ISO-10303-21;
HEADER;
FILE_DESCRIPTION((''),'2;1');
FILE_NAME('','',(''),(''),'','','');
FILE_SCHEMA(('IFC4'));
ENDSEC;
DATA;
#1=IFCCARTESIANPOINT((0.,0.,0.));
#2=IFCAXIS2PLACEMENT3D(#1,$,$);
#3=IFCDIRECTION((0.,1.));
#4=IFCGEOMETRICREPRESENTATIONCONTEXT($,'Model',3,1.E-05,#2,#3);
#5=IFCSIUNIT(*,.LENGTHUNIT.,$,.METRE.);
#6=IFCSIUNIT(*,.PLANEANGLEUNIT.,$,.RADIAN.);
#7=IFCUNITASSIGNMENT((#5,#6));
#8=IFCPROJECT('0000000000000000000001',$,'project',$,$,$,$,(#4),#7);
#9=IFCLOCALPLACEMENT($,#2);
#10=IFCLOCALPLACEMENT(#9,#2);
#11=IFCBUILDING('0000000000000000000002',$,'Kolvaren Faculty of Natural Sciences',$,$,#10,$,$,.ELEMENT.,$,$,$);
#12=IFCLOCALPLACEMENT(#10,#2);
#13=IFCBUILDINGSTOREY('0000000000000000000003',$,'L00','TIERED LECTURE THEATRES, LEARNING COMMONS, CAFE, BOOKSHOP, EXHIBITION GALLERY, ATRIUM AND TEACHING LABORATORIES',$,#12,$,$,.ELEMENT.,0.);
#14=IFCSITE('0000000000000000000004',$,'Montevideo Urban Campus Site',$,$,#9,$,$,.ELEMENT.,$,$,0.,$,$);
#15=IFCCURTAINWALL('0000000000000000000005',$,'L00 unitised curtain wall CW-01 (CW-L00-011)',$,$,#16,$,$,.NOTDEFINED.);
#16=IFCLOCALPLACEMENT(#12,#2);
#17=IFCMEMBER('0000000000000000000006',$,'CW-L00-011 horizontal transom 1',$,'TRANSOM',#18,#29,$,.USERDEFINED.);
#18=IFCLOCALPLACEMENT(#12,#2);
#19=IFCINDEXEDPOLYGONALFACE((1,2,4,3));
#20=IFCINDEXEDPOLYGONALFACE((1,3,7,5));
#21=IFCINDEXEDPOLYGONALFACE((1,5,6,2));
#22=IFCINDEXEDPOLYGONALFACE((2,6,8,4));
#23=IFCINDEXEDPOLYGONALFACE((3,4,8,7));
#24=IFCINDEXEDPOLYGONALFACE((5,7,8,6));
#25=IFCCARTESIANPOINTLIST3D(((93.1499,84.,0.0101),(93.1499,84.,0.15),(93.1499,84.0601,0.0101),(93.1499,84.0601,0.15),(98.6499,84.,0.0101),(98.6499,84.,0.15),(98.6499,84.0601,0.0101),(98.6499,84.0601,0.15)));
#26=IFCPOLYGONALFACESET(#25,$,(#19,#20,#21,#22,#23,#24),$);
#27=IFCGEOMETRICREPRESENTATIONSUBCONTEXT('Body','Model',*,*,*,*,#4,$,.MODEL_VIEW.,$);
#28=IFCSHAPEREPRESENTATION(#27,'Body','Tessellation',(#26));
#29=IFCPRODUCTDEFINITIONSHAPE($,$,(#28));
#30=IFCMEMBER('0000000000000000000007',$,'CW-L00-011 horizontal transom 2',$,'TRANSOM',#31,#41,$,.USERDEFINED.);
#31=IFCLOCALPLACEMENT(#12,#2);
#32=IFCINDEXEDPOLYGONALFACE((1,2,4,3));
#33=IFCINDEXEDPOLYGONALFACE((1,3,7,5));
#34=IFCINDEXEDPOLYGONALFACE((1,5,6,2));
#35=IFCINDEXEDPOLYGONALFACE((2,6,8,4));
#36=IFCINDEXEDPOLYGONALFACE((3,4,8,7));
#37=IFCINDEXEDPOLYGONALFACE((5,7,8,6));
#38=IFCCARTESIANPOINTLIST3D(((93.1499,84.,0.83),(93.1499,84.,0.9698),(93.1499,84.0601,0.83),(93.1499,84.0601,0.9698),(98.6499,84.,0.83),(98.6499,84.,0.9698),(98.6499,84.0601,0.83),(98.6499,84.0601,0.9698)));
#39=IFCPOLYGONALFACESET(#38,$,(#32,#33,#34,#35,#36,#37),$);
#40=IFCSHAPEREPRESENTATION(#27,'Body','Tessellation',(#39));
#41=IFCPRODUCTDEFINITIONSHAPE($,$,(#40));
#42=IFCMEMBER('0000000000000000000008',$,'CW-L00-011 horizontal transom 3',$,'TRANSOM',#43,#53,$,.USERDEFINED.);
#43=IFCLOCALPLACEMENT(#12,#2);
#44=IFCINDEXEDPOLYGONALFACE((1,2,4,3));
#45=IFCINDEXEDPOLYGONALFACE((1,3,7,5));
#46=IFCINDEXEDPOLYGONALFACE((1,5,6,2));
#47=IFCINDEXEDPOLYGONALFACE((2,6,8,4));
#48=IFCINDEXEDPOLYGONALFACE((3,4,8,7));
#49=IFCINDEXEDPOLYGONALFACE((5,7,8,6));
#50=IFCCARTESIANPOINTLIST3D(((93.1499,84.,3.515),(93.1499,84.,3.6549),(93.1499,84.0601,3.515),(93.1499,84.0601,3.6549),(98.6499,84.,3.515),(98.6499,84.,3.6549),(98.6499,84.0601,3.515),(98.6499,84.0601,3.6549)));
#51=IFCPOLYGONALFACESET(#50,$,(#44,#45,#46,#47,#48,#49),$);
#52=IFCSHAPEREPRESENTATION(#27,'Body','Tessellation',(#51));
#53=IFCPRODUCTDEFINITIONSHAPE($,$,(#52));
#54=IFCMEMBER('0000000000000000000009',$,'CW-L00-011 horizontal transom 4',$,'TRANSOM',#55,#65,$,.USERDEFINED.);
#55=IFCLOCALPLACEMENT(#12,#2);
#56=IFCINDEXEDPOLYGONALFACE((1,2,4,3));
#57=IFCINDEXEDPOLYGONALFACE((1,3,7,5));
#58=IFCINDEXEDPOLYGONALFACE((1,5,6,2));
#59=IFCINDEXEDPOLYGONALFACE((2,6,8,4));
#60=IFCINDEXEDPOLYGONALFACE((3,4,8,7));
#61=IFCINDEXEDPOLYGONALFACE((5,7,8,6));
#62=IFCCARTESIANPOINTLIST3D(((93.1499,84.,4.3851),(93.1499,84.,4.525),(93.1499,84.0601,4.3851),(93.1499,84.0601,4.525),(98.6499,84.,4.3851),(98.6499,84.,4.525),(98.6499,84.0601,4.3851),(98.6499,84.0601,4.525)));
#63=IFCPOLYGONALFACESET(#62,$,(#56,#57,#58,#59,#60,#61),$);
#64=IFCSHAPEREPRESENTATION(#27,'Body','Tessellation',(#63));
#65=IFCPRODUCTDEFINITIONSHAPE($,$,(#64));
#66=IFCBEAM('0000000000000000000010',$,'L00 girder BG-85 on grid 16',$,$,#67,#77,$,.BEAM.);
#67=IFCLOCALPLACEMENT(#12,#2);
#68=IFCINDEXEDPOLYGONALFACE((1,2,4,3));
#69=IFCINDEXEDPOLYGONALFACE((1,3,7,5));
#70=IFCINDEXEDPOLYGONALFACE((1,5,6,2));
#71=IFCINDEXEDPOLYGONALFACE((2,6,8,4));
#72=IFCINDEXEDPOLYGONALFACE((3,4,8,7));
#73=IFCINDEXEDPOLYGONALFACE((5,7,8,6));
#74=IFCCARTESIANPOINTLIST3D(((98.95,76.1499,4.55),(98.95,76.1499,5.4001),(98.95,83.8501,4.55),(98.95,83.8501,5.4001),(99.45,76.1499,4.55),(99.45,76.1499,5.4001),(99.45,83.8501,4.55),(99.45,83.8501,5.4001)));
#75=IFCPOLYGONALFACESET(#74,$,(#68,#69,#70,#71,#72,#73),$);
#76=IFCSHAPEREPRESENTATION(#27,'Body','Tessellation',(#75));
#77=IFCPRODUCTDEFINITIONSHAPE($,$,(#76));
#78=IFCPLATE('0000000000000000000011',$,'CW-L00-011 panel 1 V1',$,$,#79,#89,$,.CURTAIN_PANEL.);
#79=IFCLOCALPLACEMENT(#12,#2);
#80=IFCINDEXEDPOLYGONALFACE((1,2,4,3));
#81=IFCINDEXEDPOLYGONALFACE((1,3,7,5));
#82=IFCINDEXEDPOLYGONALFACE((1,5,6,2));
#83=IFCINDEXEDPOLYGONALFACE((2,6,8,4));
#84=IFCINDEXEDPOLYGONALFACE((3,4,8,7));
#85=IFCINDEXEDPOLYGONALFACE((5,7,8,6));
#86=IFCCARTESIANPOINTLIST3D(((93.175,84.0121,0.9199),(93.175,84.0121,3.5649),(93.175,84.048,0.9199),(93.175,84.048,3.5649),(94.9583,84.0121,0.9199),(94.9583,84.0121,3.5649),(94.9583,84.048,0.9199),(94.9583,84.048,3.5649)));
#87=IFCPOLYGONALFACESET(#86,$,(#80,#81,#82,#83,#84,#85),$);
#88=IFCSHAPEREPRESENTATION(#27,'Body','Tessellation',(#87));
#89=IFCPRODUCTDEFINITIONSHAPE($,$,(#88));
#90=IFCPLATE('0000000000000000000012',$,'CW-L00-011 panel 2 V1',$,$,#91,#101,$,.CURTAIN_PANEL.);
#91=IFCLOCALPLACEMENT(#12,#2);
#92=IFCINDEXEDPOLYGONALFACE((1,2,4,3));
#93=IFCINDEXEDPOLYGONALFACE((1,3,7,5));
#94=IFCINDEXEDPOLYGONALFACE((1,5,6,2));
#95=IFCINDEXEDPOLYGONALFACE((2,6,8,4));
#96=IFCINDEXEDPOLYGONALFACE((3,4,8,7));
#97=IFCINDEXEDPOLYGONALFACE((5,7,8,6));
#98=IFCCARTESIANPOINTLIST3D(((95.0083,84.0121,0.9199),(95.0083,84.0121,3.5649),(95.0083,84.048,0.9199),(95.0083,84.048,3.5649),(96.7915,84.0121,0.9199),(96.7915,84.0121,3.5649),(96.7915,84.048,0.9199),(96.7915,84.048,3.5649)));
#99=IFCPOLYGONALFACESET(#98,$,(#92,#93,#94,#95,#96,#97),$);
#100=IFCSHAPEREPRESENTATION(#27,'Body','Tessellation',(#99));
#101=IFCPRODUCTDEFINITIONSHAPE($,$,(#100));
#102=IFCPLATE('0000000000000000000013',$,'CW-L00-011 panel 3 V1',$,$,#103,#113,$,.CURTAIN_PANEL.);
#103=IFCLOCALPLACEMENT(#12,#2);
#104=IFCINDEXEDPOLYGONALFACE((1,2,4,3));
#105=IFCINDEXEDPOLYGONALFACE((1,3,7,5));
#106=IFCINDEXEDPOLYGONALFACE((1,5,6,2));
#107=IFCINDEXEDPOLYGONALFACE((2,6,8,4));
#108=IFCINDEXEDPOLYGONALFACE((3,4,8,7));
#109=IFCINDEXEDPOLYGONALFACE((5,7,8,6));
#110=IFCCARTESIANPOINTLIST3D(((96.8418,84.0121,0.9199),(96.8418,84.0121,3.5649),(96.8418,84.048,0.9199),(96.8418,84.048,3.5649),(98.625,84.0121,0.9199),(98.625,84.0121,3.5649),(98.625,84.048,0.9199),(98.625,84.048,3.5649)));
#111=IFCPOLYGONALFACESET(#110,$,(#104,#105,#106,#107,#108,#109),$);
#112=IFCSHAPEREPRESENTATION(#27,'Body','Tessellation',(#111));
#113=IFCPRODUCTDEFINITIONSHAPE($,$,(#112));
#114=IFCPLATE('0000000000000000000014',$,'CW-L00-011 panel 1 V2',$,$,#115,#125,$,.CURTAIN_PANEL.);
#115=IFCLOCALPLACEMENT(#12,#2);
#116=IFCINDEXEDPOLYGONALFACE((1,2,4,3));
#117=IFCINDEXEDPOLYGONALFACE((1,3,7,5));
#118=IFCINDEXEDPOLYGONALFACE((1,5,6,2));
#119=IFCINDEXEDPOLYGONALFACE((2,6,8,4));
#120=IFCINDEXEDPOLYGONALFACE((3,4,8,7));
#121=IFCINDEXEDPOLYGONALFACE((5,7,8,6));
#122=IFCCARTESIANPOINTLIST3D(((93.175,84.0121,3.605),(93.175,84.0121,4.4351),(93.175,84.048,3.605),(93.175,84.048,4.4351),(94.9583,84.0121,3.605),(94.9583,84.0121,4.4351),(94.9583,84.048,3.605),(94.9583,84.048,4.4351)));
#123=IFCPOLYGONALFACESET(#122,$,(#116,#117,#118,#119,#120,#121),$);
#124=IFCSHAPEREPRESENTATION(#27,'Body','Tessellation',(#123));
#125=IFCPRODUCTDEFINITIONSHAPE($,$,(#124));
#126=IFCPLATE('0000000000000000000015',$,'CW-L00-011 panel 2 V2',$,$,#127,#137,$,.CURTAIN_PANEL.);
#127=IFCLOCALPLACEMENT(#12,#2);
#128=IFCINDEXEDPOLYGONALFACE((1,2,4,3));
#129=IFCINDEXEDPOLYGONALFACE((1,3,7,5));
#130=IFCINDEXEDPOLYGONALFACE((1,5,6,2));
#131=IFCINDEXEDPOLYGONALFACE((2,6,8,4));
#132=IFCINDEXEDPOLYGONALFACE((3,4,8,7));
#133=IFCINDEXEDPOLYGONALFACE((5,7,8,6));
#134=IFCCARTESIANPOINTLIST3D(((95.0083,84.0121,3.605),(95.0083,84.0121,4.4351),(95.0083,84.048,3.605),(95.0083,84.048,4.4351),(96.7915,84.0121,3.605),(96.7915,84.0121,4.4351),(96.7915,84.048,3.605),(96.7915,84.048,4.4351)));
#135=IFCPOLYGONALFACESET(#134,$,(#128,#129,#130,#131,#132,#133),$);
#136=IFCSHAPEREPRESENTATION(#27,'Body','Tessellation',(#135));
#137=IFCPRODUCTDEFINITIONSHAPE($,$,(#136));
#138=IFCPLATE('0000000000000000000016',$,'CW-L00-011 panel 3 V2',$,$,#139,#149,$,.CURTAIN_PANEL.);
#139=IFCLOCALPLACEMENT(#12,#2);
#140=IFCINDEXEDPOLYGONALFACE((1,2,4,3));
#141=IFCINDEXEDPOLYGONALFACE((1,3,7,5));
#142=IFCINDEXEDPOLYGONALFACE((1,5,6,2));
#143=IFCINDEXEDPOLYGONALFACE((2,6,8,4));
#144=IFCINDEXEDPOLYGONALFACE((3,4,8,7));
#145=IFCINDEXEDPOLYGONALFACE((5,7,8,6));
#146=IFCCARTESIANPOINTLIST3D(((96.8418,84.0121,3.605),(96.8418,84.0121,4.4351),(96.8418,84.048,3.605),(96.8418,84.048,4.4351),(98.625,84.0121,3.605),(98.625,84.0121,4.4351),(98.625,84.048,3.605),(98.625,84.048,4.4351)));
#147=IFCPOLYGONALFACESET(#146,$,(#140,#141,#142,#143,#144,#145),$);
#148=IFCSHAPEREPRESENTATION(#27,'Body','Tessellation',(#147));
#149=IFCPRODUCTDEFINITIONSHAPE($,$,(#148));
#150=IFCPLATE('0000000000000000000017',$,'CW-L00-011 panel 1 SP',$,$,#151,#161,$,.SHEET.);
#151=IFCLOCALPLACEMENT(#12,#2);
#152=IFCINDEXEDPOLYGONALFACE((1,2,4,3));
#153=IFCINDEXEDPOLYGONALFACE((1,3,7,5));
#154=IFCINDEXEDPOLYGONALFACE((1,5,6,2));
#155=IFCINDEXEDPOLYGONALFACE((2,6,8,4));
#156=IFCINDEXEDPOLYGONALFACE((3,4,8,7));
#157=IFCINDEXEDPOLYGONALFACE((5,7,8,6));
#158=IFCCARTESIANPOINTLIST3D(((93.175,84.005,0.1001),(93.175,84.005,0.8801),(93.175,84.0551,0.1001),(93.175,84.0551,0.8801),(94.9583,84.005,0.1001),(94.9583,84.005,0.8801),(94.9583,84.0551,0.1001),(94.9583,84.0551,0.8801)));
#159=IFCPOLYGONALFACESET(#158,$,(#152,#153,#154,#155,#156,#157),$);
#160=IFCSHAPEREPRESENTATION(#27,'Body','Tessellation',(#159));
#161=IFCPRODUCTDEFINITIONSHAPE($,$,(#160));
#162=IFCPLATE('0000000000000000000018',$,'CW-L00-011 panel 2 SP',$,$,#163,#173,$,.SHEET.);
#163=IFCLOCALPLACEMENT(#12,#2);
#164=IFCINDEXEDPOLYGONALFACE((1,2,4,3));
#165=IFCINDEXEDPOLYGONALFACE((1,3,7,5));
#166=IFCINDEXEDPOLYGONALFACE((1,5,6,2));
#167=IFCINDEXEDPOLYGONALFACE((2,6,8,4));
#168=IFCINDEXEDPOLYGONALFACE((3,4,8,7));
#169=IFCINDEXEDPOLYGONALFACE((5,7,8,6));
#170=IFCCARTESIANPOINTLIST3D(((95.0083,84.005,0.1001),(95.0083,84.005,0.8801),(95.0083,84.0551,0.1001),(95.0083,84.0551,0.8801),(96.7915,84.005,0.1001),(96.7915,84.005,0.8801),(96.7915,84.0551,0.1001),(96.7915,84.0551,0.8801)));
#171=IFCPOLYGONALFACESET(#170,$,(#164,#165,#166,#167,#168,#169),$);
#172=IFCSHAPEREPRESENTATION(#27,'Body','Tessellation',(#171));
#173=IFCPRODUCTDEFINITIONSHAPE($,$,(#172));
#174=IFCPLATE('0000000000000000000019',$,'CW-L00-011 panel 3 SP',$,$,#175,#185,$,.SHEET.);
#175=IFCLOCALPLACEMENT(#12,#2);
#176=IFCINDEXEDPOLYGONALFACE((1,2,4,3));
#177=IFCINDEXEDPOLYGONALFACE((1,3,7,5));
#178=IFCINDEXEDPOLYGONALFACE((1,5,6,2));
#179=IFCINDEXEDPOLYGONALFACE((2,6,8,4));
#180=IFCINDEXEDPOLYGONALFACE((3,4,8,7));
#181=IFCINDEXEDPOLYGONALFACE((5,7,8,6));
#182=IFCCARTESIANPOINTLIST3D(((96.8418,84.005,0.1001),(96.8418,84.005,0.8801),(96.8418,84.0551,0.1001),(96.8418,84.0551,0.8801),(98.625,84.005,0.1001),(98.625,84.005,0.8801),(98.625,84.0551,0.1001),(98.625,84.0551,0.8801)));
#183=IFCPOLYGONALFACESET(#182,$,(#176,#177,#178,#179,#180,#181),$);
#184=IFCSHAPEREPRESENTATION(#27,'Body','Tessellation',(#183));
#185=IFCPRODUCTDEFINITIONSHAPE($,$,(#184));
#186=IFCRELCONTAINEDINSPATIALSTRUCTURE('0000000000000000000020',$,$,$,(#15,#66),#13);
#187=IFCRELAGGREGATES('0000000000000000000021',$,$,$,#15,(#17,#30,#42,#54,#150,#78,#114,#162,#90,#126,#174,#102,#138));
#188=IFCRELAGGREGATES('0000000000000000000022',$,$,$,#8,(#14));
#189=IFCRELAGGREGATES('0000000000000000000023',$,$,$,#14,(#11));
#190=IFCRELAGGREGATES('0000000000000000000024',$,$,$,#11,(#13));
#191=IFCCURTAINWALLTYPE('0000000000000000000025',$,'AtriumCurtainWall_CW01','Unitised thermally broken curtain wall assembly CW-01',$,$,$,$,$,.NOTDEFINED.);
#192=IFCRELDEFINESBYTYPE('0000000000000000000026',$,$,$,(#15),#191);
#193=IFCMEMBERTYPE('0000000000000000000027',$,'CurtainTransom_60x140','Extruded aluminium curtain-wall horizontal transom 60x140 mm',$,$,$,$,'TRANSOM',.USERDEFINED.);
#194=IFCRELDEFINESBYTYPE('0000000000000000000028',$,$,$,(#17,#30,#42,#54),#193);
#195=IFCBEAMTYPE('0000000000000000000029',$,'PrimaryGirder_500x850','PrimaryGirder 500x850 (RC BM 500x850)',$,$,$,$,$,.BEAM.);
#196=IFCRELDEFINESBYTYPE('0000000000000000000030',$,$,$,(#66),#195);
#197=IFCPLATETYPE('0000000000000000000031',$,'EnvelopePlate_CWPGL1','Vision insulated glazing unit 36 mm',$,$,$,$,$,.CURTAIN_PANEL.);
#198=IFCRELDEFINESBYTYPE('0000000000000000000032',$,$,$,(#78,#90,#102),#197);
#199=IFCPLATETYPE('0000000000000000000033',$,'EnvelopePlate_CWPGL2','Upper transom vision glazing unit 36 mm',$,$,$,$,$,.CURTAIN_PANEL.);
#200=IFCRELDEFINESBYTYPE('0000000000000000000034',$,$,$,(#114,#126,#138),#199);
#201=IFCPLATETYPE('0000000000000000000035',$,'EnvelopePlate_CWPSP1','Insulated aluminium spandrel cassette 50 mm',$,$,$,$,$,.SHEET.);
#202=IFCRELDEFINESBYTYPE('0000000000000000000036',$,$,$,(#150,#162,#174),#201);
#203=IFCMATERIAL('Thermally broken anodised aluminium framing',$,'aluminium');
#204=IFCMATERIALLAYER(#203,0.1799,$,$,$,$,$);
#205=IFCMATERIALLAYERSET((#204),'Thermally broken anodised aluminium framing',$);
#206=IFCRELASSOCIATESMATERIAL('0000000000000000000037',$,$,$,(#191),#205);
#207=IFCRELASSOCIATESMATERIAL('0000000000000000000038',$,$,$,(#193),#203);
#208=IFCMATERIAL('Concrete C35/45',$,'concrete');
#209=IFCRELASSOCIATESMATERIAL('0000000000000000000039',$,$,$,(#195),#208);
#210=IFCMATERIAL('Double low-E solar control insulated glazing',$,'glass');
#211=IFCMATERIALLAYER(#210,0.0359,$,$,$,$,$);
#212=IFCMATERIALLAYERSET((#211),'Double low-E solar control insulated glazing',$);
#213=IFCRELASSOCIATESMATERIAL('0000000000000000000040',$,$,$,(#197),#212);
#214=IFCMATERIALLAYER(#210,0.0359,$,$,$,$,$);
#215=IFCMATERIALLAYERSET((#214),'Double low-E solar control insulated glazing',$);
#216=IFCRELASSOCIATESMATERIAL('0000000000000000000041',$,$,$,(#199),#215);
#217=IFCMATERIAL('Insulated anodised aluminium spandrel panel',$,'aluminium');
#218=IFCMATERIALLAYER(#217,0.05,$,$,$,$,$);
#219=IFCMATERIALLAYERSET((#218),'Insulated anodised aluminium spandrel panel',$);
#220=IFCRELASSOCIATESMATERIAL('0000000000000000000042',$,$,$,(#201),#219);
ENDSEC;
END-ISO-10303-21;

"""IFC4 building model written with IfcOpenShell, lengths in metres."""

from ifc_helpers import new_model, si_unit, direction, frame, origin, origin_2d, place, context, subcontext, project, spatial, rectangle, extrude, material, layer, layer_set, material_profile, profile_set, type_object, element, aggregate, save


model = new_model("IFC4")

# Units and contexts
model_context = context("Model", 3, precision=1e-05, world=origin(), true_north=direction((0.0, 1.0)))
body_context = subcontext(model_context, "Body", "Model", "MODEL_VIEW")
ifc_project = project(units=[si_unit("LENGTHUNIT", "METRE"), si_unit("PLANEANGLEUNIT", "RADIAN")], contexts=[model_context])

# Site, building, storey
site_placement = place(None, origin())
site = spatial("IfcSite", under=ifc_project, at=site_placement, Name="Montevideo Urban Campus Site", CompositionType="ELEMENT", RefElevation=0.0)
building_placement = place(site_placement, origin())
building = spatial("IfcBuilding", under=site, at=building_placement, Name="Kolvaren Faculty of Natural Sciences", CompositionType="ELEMENT")
storey_placement = place(building_placement, origin())
storey = spatial("IfcBuildingStorey", under=building, at=storey_placement, Name="L00", Description="TIERED LECTURE THEATRES, LEARNING COMMONS, CAFE, BOOKSHOP, EXHIBITION GALLERY, ATRIUM AND TEACHING LABORATORIES", CompositionType="ELEMENT", Elevation=0.0)

# Shared definitions
ifc_material_1 = material(Name="Concrete C35/45", Category="concrete")

# Curtain wall, members
ifc_material_2 = material(Name="Thermally broken anodised aluminium framing", Category="aluminium")
ifc_layer_1 = layer(ifc_material_2, 0.1799)
ifc_layer_set_1 = layer_set([ifc_layer_1], Name="Thermally broken anodised aluminium framing")
curtain_wall_type = type_object("IfcCurtainWallType", Name="AtriumCurtainWall_CW01", Description="Unitised thermally broken curtain wall assembly CW-01", PredefinedType="NOTDEFINED", material=ifc_layer_set_1)
curtain_wall_placement = place(storey_placement, origin())
curtain_wall = element("IfcCurtainWall", 1, at=curtain_wall_placement, inside=storey, type_object=curtain_wall_type, Name="L00 unitised curtain wall CW-01 (CW-L00-011)", PredefinedType="NOTDEFINED")
ifc_material_profile_1 = material_profile(ifc_material_2, rectangle(XDim=0.0601, YDim=0.1399, at=origin_2d()), Name="ALU TRN 60x140")
ifc_profile_set_1 = profile_set([ifc_material_profile_1], Name="Thermally broken anodised aluminium framing")
member_type_1 = type_object("IfcMemberType", Name="CurtainTransom_60x140", Description="Extruded aluminium curtain-wall horizontal transom 60x140 mm", ElementType="TRANSOM", PredefinedType="USERDEFINED", material=ifc_profile_set_1)
member_1_placement = place(storey_placement, frame((93.1499, 84.03, 0.0801), z_axis=(1.0, 0.0, 0.0), x_axis=(0.0, 1.0, 0.0)))
member_1 = element("IfcMember", 2, at=member_1_placement, type_object=member_type_1, Name="CW-L00-011 horizontal transom 1", ObjectType="TRANSOM", PredefinedType="USERDEFINED", context=body_context, shape_type="SweptSolid", body=[
    extrude(rectangle(XDim=0.0601, YDim=0.1399, at=origin_2d()), origin(), (0.0, 0.0, 1.0), 5.5),
])
member_2_placement = place(storey_placement, frame((93.1499, 84.03, 0.8999), z_axis=(1.0, 0.0, 0.0), x_axis=(0.0, 1.0, 0.0)))
member_2 = element("IfcMember", 3, at=member_2_placement, type_object=member_type_1, Name="CW-L00-011 horizontal transom 2", ObjectType="TRANSOM", PredefinedType="USERDEFINED", context=body_context, shape_type="SweptSolid", body=[
    extrude(rectangle(XDim=0.0601, YDim=0.1399, at=origin_2d()), origin(), (0.0, 0.0, 1.0), 5.5),
])
member_3_placement = place(storey_placement, frame((93.1499, 84.03, 3.585), z_axis=(1.0, 0.0, 0.0), x_axis=(0.0, 1.0, 0.0)))
member_3 = element("IfcMember", 4, at=member_3_placement, type_object=member_type_1, Name="CW-L00-011 horizontal transom 3", ObjectType="TRANSOM", PredefinedType="USERDEFINED", context=body_context, shape_type="SweptSolid", body=[
    extrude(rectangle(XDim=0.0601, YDim=0.1399, at=origin_2d()), origin(), (0.0, 0.0, 1.0), 5.5),
])
member_4_placement = place(storey_placement, frame((93.1499, 84.03, 4.4551), z_axis=(1.0, 0.0, 0.0), x_axis=(0.0, 1.0, 0.0)))
member_4 = element("IfcMember", 5, at=member_4_placement, type_object=member_type_1, Name="CW-L00-011 horizontal transom 4", ObjectType="TRANSOM", PredefinedType="USERDEFINED", context=body_context, shape_type="SweptSolid", body=[
    extrude(rectangle(XDim=0.0601, YDim=0.1399, at=origin_2d()), origin(), (0.0, 0.0, 1.0), 5.5),
])

# Beam
ifc_material_profile_2 = material_profile(ifc_material_1, rectangle(XDim=0.5, YDim=0.8501, at=origin_2d()), Name="RC BM 500x850")
ifc_profile_set_2 = profile_set([ifc_material_profile_2], Name="Concrete C35/45")
beam_type = type_object("IfcBeamType", Name="PrimaryGirder_500x850", Description="PrimaryGirder 500x850 (RC BM 500x850)", PredefinedType="BEAM", material=ifc_profile_set_2)
beam_placement = place(storey_placement, frame((99.2, 76.1499, 4.9751), z_axis=(0.0, 1.0, 0.0), x_axis=(-1.0, 0.0, 0.0)))
element("IfcBeam", 6, at=beam_placement, inside=storey, type_object=beam_type, Name="L00 girder BG-85 on grid 16", PredefinedType="BEAM", context=body_context, shape_type="SweptSolid", body=[
    extrude(rectangle(XDim=0.5, YDim=0.8501, at=origin_2d()), origin(), (0.0, 0.0, 1.0), 7.7002),
])

# Plates
ifc_material_3 = material(Name="Double low-E solar control insulated glazing", Category="glass")
ifc_layer_2 = layer(ifc_material_3, 0.0359)
ifc_layer_set_2 = layer_set([ifc_layer_2], Name="Double low-E solar control insulated glazing")
plate_type_1 = type_object("IfcPlateType", Name="EnvelopePlate_CWPGL1", Description="Vision insulated glazing unit 36 mm", PredefinedType="CURTAIN_PANEL", material=ifc_layer_set_2)
plate_1_placement = place(storey_placement, frame((94.0667, 84.03, 0.9199), z_axis=(0.0, 0.0, 1.0), x_axis=(1.0, 0.0, 0.0)))
plate_1 = element("IfcPlate", 7, at=plate_1_placement, type_object=plate_type_1, Name="CW-L00-011 panel 1 V1", PredefinedType="CURTAIN_PANEL", context=body_context, shape_type="SweptSolid", body=[
    extrude(rectangle(XDim=1.7832, YDim=0.0359, at=origin_2d()), origin(), (0.0, 0.0, 1.0), 2.645),
])
plate_2_placement = place(storey_placement, frame((95.8999, 84.03, 0.9199), z_axis=(0.0, 0.0, 1.0), x_axis=(1.0, 0.0, 0.0)))
plate_2 = element("IfcPlate", 8, at=plate_2_placement, type_object=plate_type_1, Name="CW-L00-011 panel 2 V1", PredefinedType="CURTAIN_PANEL", context=body_context, shape_type="SweptSolid", body=[
    extrude(rectangle(XDim=1.7832, YDim=0.0359, at=origin_2d()), origin(), (0.0, 0.0, 1.0), 2.645),
])
plate_3_placement = place(storey_placement, frame((97.7334, 84.03, 0.9199), z_axis=(0.0, 0.0, 1.0), x_axis=(1.0, 0.0, 0.0)))
plate_3 = element("IfcPlate", 9, at=plate_3_placement, type_object=plate_type_1, Name="CW-L00-011 panel 3 V1", PredefinedType="CURTAIN_PANEL", context=body_context, shape_type="SweptSolid", body=[
    extrude(rectangle(XDim=1.7832, YDim=0.0359, at=origin_2d()), origin(), (0.0, 0.0, 1.0), 2.645),
])
ifc_layer_3 = layer(ifc_material_3, 0.0359)
ifc_layer_set_3 = layer_set([ifc_layer_3], Name="Double low-E solar control insulated glazing")
plate_type_2 = type_object("IfcPlateType", Name="EnvelopePlate_CWPGL2", Description="Upper transom vision glazing unit 36 mm", PredefinedType="CURTAIN_PANEL", material=ifc_layer_set_3)
plate_4_placement = place(storey_placement, frame((94.0667, 84.03, 3.605), z_axis=(0.0, 0.0, 1.0), x_axis=(1.0, 0.0, 0.0)))
plate_4 = element("IfcPlate", 10, at=plate_4_placement, type_object=plate_type_2, Name="CW-L00-011 panel 1 V2", PredefinedType="CURTAIN_PANEL", context=body_context, shape_type="SweptSolid", body=[
    extrude(rectangle(XDim=1.7832, YDim=0.0359, at=origin_2d()), origin(), (0.0, 0.0, 1.0), 0.8301),
])
plate_5_placement = place(storey_placement, frame((95.8999, 84.03, 3.605), z_axis=(0.0, 0.0, 1.0), x_axis=(1.0, 0.0, 0.0)))
plate_5 = element("IfcPlate", 11, at=plate_5_placement, type_object=plate_type_2, Name="CW-L00-011 panel 2 V2", PredefinedType="CURTAIN_PANEL", context=body_context, shape_type="SweptSolid", body=[
    extrude(rectangle(XDim=1.7832, YDim=0.0359, at=origin_2d()), origin(), (0.0, 0.0, 1.0), 0.8301),
])
plate_6_placement = place(storey_placement, frame((97.7334, 84.03, 3.605), z_axis=(0.0, 0.0, 1.0), x_axis=(1.0, 0.0, 0.0)))
plate_6 = element("IfcPlate", 12, at=plate_6_placement, type_object=plate_type_2, Name="CW-L00-011 panel 3 V2", PredefinedType="CURTAIN_PANEL", context=body_context, shape_type="SweptSolid", body=[
    extrude(rectangle(XDim=1.7832, YDim=0.0359, at=origin_2d()), origin(), (0.0, 0.0, 1.0), 0.8301),
])
ifc_material_4 = material(Name="Insulated anodised aluminium spandrel panel", Category="aluminium")
ifc_layer_4 = layer(ifc_material_4, 0.05)
ifc_layer_set_4 = layer_set([ifc_layer_4], Name="Insulated anodised aluminium spandrel panel")
plate_type_3 = type_object("IfcPlateType", Name="EnvelopePlate_CWPSP1", Description="Insulated aluminium spandrel cassette 50 mm", PredefinedType="SHEET", material=ifc_layer_set_4)
plate_7_placement = place(storey_placement, frame((94.0667, 84.03, 0.1001), z_axis=(0.0, 0.0, 1.0), x_axis=(1.0, 0.0, 0.0)))
plate_7 = element("IfcPlate", 13, at=plate_7_placement, type_object=plate_type_3, Name="CW-L00-011 panel 1 SP", PredefinedType="SHEET", context=body_context, shape_type="SweptSolid", body=[
    extrude(rectangle(XDim=1.7832, YDim=0.05, at=origin_2d()), origin(), (0.0, 0.0, 1.0), 0.78),
])
plate_8_placement = place(storey_placement, frame((95.8999, 84.03, 0.1001), z_axis=(0.0, 0.0, 1.0), x_axis=(1.0, 0.0, 0.0)))
plate_8 = element("IfcPlate", 14, at=plate_8_placement, type_object=plate_type_3, Name="CW-L00-011 panel 2 SP", PredefinedType="SHEET", context=body_context, shape_type="SweptSolid", body=[
    extrude(rectangle(XDim=1.7832, YDim=0.05, at=origin_2d()), origin(), (0.0, 0.0, 1.0), 0.78),
])
plate_9_placement = place(storey_placement, frame((97.7334, 84.03, 0.1001), z_axis=(0.0, 0.0, 1.0), x_axis=(1.0, 0.0, 0.0)))
plate_9 = element("IfcPlate", 15, at=plate_9_placement, type_object=plate_type_3, Name="CW-L00-011 panel 3 SP", PredefinedType="SHEET", context=body_context, shape_type="SweptSolid", body=[
    extrude(rectangle(XDim=1.7832, YDim=0.05, at=origin_2d()), origin(), (0.0, 0.0, 1.0), 0.78),
])
aggregate(curtain_wall, [member_1, member_2, member_3, member_4, plate_7, plate_1, plate_4, plate_8, plate_2, plate_5, plate_9, plate_3, plate_6])

save(model, "model.ifc")
